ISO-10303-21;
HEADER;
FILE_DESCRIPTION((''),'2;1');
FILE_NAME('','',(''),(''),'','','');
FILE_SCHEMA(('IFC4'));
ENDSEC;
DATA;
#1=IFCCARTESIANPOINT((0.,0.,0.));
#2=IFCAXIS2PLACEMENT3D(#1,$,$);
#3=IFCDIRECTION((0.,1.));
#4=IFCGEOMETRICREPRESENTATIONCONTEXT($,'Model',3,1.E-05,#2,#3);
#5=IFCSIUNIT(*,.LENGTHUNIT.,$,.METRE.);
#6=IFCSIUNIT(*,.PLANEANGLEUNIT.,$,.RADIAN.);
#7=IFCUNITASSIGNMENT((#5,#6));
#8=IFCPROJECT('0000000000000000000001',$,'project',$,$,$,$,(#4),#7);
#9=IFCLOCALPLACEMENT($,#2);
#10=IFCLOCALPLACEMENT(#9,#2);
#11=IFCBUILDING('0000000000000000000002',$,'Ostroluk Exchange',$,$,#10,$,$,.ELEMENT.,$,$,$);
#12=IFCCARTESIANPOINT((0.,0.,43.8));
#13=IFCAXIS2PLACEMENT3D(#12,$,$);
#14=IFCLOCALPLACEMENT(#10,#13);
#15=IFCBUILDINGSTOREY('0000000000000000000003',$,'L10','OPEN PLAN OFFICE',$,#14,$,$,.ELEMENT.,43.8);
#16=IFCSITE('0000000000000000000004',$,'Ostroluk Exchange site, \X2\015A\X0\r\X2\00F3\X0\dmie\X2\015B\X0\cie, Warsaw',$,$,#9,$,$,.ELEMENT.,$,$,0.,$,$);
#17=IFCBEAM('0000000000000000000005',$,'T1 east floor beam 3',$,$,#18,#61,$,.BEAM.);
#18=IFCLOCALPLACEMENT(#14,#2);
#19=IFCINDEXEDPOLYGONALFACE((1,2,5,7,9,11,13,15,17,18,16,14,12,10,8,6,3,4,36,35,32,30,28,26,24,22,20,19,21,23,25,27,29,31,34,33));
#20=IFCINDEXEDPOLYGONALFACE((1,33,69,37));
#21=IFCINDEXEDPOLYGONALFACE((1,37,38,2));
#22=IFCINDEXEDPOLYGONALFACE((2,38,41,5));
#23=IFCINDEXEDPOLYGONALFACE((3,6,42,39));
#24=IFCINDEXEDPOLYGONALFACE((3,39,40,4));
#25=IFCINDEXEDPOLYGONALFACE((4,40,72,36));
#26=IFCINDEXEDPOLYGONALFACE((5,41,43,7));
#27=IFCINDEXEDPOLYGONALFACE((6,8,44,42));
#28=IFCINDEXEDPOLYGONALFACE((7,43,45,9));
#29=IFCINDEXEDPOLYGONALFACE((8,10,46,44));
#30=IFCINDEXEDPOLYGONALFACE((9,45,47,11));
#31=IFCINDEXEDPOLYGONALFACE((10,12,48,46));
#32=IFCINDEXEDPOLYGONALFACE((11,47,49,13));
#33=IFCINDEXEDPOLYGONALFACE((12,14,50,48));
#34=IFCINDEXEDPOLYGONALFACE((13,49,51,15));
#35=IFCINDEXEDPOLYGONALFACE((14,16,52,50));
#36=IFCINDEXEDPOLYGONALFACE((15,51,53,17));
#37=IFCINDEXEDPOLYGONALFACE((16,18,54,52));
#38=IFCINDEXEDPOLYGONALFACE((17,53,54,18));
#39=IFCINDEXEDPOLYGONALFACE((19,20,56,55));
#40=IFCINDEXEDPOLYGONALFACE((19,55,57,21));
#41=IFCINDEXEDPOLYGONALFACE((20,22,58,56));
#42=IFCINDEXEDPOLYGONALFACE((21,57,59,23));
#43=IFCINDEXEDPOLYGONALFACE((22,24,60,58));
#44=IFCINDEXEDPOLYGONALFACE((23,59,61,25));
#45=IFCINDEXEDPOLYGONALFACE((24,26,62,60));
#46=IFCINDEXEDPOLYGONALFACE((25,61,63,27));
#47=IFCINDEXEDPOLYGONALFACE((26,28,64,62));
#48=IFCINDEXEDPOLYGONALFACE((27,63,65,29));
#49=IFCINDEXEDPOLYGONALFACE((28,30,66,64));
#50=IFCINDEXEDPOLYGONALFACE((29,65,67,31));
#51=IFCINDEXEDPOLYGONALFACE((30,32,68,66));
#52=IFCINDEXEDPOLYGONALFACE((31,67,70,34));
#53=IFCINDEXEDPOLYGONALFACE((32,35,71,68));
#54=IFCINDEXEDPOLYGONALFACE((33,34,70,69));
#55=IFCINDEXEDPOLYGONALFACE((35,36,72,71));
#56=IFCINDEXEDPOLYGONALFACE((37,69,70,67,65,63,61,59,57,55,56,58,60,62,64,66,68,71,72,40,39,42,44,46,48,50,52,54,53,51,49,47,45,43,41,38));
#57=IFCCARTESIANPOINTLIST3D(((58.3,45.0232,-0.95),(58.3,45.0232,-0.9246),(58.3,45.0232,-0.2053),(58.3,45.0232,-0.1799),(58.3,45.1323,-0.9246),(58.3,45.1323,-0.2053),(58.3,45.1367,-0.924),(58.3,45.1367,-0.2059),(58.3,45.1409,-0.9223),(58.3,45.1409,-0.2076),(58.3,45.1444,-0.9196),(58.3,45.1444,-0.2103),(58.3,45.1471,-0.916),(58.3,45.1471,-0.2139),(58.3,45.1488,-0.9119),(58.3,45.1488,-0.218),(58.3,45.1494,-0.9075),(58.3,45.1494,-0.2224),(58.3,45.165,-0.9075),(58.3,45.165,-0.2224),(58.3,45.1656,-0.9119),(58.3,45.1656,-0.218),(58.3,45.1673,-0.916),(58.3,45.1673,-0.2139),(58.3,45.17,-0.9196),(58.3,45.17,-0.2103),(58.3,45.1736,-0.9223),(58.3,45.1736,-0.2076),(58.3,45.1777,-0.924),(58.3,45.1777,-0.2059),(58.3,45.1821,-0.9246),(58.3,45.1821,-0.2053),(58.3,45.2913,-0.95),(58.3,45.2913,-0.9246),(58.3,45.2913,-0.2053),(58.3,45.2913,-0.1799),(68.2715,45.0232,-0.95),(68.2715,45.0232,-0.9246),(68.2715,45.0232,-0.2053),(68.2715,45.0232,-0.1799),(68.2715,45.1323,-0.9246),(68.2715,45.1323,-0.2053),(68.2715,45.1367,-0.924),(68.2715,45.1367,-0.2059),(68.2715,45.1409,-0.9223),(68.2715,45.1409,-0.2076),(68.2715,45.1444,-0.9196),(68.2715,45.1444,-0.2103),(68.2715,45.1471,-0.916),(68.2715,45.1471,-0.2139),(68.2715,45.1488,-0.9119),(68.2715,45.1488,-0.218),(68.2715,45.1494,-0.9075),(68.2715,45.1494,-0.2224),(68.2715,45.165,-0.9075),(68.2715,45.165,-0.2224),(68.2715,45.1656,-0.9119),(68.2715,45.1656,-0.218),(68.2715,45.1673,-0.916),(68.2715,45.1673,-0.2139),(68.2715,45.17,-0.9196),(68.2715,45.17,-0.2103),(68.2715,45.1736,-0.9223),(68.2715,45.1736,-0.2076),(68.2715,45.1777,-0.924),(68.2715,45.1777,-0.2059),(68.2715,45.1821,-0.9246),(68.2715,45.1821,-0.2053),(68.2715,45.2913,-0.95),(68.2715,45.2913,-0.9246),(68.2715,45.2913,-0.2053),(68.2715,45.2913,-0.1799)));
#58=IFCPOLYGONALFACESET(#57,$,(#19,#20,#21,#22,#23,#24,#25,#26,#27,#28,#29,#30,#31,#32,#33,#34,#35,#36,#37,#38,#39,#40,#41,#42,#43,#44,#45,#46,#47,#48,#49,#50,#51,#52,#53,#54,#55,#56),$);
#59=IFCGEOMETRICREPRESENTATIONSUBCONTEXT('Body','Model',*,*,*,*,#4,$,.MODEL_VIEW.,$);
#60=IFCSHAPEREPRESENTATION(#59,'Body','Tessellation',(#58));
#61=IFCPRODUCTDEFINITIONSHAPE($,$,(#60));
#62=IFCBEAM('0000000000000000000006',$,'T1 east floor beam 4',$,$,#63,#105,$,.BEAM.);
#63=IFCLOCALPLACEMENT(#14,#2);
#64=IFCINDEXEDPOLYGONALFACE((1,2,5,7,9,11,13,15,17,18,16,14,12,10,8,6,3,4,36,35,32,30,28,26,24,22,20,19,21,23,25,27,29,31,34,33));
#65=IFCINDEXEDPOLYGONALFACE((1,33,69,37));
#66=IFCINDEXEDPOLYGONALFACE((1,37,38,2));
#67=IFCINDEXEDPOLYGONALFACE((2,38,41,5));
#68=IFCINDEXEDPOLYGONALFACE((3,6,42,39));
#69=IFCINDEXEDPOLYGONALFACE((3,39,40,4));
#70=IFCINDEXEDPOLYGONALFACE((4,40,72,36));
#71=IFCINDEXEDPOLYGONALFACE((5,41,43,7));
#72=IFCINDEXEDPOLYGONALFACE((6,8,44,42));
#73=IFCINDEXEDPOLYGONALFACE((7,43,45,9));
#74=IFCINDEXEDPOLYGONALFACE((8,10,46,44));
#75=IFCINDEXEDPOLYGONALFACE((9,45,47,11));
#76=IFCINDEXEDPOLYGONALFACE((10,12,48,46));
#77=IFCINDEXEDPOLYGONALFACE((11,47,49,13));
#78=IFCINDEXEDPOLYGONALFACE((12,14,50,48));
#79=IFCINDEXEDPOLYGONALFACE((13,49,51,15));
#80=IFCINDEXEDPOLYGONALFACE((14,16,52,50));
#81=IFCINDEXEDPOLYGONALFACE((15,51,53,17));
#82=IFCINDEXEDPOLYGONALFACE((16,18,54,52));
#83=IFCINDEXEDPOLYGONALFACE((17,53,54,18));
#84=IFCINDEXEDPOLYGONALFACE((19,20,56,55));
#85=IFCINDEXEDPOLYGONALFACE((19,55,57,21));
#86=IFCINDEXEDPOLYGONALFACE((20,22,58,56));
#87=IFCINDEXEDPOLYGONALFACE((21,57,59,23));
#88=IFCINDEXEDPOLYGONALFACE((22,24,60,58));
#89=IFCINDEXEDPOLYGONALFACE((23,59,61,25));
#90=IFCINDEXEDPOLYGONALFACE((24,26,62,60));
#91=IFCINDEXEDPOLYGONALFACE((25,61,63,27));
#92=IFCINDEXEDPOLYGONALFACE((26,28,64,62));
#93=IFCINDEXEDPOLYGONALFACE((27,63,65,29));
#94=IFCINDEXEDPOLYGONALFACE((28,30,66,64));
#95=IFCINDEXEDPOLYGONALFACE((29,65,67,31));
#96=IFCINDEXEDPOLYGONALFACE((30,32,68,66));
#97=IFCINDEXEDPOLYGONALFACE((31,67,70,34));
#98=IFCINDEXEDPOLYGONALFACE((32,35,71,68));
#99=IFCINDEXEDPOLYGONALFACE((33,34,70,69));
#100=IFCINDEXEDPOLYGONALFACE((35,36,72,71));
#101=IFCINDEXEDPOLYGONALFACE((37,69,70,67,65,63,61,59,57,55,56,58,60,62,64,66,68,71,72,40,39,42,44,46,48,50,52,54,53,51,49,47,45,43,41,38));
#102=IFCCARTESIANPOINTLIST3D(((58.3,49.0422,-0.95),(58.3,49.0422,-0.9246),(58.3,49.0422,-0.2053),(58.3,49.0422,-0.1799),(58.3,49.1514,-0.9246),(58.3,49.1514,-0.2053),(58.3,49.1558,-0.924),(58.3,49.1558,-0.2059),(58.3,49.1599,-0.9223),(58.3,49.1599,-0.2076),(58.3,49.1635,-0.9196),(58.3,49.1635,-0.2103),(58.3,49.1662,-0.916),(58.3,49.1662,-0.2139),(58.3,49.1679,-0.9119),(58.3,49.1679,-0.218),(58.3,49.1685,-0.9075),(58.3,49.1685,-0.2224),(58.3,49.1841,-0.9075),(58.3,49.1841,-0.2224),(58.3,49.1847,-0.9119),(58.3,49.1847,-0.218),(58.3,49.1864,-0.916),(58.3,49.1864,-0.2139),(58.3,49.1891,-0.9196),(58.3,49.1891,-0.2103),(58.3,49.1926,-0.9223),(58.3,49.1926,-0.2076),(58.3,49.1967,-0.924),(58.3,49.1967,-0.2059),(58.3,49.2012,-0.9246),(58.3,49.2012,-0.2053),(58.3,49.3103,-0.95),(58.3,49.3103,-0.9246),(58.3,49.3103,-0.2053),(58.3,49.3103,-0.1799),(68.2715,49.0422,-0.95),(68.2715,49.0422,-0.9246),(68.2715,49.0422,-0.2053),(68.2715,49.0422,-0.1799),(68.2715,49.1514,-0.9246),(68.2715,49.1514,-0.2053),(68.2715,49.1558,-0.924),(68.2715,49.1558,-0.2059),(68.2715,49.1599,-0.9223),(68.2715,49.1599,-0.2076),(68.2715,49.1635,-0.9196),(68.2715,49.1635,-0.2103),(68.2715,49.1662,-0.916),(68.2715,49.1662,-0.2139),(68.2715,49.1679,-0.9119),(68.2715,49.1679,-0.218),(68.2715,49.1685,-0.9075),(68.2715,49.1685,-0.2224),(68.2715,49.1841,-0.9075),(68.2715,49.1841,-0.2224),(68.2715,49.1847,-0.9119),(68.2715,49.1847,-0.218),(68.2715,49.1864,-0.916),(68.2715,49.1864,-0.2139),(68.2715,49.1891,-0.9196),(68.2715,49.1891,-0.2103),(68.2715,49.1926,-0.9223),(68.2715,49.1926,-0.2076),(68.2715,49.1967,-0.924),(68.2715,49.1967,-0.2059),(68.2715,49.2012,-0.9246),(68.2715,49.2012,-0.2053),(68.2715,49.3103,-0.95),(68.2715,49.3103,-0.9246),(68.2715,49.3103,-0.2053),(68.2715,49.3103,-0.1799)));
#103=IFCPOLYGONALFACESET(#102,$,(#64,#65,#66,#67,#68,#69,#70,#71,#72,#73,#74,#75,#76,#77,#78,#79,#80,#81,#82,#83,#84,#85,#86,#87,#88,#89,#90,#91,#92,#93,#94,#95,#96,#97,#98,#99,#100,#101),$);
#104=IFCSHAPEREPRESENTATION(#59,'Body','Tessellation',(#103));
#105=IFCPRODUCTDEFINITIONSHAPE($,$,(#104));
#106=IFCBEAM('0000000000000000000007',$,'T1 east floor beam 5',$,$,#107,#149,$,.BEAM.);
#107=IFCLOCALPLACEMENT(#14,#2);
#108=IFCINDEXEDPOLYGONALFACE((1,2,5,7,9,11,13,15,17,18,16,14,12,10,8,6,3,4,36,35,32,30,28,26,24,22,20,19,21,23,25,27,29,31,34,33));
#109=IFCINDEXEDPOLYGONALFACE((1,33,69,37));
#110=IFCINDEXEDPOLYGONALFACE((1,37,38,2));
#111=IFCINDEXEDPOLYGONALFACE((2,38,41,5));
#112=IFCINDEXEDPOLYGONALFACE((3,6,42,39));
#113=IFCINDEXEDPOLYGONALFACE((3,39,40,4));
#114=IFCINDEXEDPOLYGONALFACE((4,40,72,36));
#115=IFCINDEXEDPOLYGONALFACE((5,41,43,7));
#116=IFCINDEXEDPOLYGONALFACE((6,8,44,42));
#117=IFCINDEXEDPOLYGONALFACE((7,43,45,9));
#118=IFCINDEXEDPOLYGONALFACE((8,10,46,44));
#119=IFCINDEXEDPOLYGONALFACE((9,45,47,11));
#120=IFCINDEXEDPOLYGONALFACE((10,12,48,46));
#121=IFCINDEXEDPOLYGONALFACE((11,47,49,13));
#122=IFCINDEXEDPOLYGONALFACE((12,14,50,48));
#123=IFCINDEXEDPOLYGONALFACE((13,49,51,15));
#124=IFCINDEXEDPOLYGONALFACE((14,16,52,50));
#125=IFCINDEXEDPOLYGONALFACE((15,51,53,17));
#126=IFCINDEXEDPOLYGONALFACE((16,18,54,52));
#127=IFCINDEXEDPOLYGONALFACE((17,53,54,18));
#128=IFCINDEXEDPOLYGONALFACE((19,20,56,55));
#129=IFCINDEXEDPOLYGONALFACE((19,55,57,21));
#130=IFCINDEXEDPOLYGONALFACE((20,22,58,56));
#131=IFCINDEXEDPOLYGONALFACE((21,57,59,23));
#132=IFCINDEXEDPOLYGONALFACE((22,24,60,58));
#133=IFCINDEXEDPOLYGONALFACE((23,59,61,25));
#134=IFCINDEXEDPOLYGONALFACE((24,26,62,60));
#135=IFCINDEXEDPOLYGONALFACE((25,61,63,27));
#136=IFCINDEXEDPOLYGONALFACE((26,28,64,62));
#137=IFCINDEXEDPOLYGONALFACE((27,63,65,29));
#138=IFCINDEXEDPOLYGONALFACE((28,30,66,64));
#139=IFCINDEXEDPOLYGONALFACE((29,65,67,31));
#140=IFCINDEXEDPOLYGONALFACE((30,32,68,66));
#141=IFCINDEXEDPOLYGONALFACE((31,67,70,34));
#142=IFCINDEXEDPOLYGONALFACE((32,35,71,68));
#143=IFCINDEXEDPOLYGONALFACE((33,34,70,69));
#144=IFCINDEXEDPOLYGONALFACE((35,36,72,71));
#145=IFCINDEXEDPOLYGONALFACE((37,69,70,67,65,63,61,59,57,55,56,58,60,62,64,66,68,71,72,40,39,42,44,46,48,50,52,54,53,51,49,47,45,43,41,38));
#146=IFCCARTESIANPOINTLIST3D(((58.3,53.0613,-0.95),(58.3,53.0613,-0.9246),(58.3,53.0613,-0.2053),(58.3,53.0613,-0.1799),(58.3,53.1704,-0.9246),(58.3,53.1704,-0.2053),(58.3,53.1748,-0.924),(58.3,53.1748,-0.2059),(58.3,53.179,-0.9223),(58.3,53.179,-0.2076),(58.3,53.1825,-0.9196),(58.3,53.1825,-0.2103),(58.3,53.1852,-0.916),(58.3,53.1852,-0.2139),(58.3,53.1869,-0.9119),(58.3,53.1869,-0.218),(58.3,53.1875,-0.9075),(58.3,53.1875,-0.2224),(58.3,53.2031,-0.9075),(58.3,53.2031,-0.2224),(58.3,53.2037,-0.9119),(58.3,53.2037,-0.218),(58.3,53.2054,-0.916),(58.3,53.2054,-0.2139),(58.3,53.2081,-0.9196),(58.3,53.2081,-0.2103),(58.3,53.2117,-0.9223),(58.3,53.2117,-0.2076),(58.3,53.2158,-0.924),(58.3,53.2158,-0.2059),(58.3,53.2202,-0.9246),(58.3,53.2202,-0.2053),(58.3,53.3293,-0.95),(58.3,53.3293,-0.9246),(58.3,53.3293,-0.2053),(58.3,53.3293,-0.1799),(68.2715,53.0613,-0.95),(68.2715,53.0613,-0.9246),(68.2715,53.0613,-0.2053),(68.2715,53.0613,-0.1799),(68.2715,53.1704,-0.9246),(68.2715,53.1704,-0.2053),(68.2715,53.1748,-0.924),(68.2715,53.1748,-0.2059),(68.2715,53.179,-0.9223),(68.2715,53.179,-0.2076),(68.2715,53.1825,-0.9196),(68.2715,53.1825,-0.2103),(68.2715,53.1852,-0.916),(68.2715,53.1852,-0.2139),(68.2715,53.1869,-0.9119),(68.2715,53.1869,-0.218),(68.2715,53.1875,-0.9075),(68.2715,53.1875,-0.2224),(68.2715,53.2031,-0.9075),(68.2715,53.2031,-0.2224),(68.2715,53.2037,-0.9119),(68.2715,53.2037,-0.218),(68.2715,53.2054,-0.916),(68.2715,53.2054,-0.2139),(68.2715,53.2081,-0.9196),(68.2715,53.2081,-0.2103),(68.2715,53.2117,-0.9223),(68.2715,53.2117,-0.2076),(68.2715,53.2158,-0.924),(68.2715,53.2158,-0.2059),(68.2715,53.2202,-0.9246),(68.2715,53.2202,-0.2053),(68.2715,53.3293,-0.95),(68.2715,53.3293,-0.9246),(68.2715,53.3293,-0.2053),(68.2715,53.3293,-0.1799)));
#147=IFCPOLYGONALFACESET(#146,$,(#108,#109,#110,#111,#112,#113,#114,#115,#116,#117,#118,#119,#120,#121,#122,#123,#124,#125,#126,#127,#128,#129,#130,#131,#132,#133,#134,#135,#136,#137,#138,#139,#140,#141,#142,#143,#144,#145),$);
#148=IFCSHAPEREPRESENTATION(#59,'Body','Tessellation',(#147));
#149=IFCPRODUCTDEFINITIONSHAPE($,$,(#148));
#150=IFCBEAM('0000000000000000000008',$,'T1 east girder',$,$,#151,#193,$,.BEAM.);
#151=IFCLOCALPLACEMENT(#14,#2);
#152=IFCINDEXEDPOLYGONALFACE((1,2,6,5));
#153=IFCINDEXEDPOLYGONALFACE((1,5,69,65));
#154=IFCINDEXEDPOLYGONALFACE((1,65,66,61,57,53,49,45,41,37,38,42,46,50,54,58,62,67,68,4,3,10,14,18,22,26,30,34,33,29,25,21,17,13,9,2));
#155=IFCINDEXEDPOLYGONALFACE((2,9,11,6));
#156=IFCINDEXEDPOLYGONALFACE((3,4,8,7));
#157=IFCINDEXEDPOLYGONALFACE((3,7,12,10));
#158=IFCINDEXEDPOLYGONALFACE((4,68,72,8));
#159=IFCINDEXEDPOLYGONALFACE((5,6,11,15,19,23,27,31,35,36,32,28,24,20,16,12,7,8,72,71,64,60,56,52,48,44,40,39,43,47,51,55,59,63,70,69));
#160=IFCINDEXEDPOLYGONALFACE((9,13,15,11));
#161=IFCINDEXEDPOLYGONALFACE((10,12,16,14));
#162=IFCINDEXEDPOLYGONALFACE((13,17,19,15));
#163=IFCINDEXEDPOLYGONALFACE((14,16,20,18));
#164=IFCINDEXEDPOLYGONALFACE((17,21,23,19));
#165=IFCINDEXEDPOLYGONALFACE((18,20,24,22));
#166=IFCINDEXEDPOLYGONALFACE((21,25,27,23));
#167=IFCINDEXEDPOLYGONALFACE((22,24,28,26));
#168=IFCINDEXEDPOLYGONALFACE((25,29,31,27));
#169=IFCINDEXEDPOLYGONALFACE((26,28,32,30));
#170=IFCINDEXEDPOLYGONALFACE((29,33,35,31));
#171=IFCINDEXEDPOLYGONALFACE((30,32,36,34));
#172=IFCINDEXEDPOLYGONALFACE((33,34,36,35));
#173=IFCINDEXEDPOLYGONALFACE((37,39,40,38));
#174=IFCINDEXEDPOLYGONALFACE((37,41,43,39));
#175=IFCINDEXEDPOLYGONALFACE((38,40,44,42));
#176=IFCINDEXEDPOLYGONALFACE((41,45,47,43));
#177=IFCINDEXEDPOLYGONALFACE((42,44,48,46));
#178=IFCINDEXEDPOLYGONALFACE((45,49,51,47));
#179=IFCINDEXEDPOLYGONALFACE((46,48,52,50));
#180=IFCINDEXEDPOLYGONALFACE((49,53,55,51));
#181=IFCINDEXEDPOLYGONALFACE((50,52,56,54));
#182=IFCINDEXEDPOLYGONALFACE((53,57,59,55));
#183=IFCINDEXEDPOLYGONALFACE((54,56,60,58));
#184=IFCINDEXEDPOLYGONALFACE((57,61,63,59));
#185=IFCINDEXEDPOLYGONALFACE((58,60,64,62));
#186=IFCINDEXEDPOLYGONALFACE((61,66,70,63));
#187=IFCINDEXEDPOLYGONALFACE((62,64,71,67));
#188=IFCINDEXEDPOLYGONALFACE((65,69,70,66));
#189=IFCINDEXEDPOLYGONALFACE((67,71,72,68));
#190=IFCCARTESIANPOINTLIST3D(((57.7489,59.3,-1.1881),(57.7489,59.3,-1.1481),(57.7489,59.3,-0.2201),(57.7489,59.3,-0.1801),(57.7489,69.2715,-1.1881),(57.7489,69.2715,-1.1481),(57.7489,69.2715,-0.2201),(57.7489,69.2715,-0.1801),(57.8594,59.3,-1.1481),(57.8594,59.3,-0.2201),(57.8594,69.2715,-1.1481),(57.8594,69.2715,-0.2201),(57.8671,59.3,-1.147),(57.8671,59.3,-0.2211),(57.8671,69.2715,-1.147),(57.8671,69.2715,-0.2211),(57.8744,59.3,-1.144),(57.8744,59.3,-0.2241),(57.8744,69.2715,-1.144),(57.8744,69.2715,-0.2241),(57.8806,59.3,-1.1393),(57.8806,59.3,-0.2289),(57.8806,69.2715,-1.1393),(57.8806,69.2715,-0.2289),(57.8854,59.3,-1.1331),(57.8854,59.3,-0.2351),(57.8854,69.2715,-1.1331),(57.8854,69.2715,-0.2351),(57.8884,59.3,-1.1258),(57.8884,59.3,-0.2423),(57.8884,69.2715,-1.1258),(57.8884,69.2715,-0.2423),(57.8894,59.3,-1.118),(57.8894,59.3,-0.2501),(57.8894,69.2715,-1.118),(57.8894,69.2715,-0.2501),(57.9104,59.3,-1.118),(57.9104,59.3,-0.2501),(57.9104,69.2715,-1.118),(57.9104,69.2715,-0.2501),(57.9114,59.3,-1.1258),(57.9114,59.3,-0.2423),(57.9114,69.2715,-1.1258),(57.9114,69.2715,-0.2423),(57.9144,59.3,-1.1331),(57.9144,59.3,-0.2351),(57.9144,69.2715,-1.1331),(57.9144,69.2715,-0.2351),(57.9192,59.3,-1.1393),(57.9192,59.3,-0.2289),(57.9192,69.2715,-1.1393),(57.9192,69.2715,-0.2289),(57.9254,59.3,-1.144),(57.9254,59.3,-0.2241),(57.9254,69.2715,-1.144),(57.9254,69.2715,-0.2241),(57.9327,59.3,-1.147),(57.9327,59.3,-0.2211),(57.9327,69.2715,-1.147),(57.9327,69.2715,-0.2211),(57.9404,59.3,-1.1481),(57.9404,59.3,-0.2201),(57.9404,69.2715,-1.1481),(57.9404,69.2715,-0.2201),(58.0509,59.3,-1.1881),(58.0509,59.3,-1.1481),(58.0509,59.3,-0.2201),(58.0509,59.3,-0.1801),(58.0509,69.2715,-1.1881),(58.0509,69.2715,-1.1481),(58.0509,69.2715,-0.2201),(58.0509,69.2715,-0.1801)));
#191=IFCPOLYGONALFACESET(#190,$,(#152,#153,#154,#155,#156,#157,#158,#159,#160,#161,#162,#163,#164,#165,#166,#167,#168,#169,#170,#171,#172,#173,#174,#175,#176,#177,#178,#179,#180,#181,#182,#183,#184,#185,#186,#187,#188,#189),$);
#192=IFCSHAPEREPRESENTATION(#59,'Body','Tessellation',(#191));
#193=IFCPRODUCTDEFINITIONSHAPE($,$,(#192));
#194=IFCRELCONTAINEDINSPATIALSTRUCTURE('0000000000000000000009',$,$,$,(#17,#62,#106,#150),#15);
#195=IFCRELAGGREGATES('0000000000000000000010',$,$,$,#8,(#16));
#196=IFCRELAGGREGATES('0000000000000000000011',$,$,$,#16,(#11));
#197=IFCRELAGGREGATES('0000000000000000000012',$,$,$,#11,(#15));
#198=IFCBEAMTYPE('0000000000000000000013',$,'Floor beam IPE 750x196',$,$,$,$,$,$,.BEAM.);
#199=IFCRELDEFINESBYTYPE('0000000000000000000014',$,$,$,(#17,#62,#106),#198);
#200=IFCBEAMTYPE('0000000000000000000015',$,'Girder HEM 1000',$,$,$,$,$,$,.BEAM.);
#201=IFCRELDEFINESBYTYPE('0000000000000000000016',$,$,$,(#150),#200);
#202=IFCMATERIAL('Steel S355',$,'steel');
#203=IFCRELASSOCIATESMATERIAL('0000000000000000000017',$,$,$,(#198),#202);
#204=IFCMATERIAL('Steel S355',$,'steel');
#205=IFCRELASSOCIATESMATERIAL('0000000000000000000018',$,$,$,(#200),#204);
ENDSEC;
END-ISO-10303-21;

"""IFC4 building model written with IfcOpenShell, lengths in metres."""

from ifc_helpers import new_model, si_unit, direction, frame, origin, origin_2d, place, context, subcontext, project, spatial, i_section, extrude, material, material_profile, profile_set, type_object, element, save


model = new_model("IFC4")

# Units and contexts
model_context = context("Model", 3, precision=1e-05, world=origin(), true_north=direction((0.0, 1.0)))
body_context = subcontext(model_context, "Body", "Model", "MODEL_VIEW")
ifc_project = project(units=[si_unit("LENGTHUNIT", "METRE"), si_unit("PLANEANGLEUNIT", "RADIAN")], contexts=[model_context])

# Site, building, storey
site_placement = place(None, origin())
site = spatial("IfcSite", under=ifc_project, at=site_placement, Name="Ostroluk Exchange site, Śródmieście, Warsaw", CompositionType="ELEMENT", RefElevation=0.0)
building_placement = place(site_placement, origin())
building = spatial("IfcBuilding", under=site, at=building_placement, Name="Ostroluk Exchange", CompositionType="ELEMENT")
storey_placement = place(building_placement, frame((0.0, 0.0, 43.8)))
storey = spatial("IfcBuildingStorey", under=building, at=storey_placement, Name="L10", Description="OPEN PLAN OFFICE", CompositionType="ELEMENT", Elevation=43.8)

# Beams
ifc_material_1 = material(Name="Steel S355", Category="steel")
ifc_material_profile_1 = material_profile(ifc_material_1, i_section(OverallWidth=0.2681, OverallDepth=0.77, WebThickness=0.0156, FlangeThickness=0.0254, FilletRadius=0.0171, at=origin_2d()), Name="IPE 750x196")
ifc_profile_set_1 = profile_set([ifc_material_profile_1], Name="Steel S355")
beam_type_1 = type_object("IfcBeamType", Name="Floor beam IPE 750x196", PredefinedType="BEAM", material=ifc_profile_set_1)
for number, where, z_axis, x_axis, name in (
    (1, (58.3, 45.1572, -0.5649), (1.0, 0.0, 0.0), (0.0, 1.0, 0.0), "T1 east floor beam 3"),
    (2, (58.3, 49.1763, -0.5649), (1.0, 0.0, 0.0), (0.0, 1.0, 0.0), "T1 east floor beam 4"),
    (3, (58.3, 53.1953, -0.5649), (1.0, 0.0, 0.0), (0.0, 1.0, 0.0), "T1 east floor beam 5"),
):
    element("IfcBeam", number, at=place(storey_placement, frame(where, z_axis=z_axis, x_axis=x_axis)), inside=storey, type_object=beam_type_1, Name=name, PredefinedType="BEAM", context=body_context, shape_type="SweptSolid", body=[
        extrude(i_section(OverallWidth=0.2681, OverallDepth=0.77, WebThickness=0.0156, FlangeThickness=0.0254, FilletRadius=0.0171, at=origin_2d()), origin(), (0.0, 0.0, 1.0), 9.9714),
    ])
ifc_material_2 = material(Name="Steel S355", Category="steel")
ifc_material_profile_2 = material_profile(ifc_material_2, i_section(OverallWidth=0.302, OverallDepth=1.0081, WebThickness=0.021, FlangeThickness=0.04, FilletRadius=0.03, at=origin_2d()), Name="HEM 1000")
ifc_profile_set_2 = profile_set([ifc_material_profile_2], Name="Steel S355")
beam_type_2 = type_object("IfcBeamType", Name="Girder HEM 1000", PredefinedType="BEAM", material=ifc_profile_set_2)
beam_1_placement = place(storey_placement, frame((57.8999, 59.3, -0.6841), z_axis=(0.0, 1.0, 0.0), x_axis=(-1.0, 0.0, 0.0)))
element("IfcBeam", 4, at=beam_1_placement, inside=storey, type_object=beam_type_2, Name="T1 east girder", PredefinedType="BEAM", context=body_context, shape_type="SweptSolid", body=[
    extrude(i_section(OverallWidth=0.302, OverallDepth=1.0081, WebThickness=0.021, FlangeThickness=0.04, FilletRadius=0.03, at=origin_2d()), origin(), (0.0, 0.0, 1.0), 9.9714),
])

save(model, "model.ifc")
